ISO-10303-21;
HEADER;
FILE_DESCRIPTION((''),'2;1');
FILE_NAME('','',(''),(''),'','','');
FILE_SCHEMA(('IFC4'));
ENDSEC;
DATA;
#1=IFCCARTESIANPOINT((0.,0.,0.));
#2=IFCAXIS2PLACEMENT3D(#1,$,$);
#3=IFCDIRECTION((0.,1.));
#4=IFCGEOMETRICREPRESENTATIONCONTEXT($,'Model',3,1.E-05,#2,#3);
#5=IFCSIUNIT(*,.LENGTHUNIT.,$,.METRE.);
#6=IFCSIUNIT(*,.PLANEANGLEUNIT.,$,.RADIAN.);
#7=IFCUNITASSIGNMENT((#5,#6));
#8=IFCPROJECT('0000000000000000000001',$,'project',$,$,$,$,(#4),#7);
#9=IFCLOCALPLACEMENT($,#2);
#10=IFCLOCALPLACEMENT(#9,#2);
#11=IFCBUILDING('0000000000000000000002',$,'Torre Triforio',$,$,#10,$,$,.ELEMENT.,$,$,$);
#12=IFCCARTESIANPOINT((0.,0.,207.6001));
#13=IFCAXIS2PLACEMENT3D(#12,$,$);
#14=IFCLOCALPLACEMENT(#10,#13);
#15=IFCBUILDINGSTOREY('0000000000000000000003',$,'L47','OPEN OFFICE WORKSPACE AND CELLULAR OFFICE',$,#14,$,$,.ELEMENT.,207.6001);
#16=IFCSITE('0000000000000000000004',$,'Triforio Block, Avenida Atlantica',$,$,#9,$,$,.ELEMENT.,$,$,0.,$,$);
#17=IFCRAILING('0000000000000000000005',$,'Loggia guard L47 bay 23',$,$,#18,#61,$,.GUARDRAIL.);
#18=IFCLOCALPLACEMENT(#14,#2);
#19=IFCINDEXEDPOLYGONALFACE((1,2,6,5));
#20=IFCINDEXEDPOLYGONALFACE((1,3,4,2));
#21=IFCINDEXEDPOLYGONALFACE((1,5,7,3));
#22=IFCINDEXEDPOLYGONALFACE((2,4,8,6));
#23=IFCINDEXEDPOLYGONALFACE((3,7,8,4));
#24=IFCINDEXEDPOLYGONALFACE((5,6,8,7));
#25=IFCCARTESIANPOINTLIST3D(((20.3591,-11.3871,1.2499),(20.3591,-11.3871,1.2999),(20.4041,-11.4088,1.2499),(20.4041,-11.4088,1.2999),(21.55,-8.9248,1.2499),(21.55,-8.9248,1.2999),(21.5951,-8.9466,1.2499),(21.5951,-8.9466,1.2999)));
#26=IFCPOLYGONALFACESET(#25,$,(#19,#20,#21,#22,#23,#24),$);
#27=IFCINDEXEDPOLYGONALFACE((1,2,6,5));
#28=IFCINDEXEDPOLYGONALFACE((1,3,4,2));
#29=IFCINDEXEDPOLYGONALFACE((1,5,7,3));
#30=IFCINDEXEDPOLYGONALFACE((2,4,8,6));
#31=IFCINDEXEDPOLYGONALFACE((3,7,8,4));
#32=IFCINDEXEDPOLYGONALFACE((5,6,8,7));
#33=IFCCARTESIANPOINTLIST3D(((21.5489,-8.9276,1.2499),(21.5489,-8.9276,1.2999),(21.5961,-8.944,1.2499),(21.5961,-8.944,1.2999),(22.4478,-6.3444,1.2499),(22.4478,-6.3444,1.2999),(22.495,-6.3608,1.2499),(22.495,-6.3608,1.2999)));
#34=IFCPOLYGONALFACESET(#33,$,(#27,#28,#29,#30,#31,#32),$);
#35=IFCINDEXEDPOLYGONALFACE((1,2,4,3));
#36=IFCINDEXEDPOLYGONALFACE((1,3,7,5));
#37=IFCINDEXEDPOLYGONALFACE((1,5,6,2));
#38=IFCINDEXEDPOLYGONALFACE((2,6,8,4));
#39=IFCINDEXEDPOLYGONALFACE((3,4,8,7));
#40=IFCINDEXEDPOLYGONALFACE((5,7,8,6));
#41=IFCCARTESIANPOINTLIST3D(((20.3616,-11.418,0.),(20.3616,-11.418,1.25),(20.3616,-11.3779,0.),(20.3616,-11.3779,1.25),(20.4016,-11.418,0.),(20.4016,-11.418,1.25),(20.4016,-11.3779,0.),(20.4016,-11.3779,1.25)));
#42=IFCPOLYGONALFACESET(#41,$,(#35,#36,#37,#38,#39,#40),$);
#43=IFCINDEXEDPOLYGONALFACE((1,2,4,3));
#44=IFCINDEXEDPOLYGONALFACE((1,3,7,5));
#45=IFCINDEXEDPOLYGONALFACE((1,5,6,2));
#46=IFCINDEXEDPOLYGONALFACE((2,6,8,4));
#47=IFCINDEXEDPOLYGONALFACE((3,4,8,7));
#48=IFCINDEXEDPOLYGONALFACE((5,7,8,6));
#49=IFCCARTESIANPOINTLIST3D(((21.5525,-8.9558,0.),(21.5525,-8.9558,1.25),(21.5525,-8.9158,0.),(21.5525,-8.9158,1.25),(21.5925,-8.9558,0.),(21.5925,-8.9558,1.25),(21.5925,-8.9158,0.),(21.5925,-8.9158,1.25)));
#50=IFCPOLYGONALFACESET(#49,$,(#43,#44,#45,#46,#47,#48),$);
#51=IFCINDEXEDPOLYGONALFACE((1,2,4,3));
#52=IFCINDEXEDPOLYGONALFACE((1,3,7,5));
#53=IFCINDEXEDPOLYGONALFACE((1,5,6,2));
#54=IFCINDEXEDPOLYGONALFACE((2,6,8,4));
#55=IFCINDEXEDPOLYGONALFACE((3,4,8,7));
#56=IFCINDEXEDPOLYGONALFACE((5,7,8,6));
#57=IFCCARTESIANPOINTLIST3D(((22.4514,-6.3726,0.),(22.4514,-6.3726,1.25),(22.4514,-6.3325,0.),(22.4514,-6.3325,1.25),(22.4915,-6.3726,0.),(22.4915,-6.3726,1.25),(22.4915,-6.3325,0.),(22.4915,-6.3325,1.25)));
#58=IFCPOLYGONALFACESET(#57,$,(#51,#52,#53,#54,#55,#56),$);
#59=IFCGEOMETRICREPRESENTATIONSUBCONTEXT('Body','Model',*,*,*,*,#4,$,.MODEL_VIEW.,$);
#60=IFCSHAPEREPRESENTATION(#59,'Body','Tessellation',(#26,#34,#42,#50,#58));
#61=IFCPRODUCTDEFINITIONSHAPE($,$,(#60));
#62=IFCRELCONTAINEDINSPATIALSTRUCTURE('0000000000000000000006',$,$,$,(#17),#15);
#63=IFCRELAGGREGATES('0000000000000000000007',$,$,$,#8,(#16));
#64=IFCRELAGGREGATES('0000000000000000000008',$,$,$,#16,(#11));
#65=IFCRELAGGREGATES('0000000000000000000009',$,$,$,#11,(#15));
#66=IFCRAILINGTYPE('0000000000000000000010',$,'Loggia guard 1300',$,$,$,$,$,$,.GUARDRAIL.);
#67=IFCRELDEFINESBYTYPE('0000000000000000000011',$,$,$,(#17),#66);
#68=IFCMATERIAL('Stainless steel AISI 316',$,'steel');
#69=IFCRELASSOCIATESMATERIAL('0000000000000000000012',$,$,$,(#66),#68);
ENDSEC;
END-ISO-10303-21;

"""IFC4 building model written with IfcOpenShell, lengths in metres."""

from ifc_helpers import new_model, si_unit, direction, frame, origin, origin_2d, place, context, subcontext, project, spatial, rectangle, extrude, material, type_object, element, save


model = new_model("IFC4")

# Units and contexts
model_context = context("Model", 3, precision=1e-05, world=origin(), true_north=direction((0.0, 1.0)))
body_context = subcontext(model_context, "Body", "Model", "MODEL_VIEW")
ifc_project = project(units=[si_unit("LENGTHUNIT", "METRE"), si_unit("PLANEANGLEUNIT", "RADIAN")], contexts=[model_context])

# Site, building, storey
site_placement = place(None, origin())
site = spatial("IfcSite", under=ifc_project, at=site_placement, Name="Triforio Block, Avenida Atlantica", CompositionType="ELEMENT", RefElevation=0.0)
building_placement = place(site_placement, origin())
building = spatial("IfcBuilding", under=site, at=building_placement, Name="Torre Triforio", CompositionType="ELEMENT")
storey_placement = place(building_placement, frame((0.0, 0.0, 207.6001)))
storey = spatial("IfcBuildingStorey", under=building, at=storey_placement, Name="L47", Description="OPEN OFFICE WORKSPACE AND CELLULAR OFFICE", CompositionType="ELEMENT", Elevation=207.6001)

# Railing
ifc_material_1 = material(Name="Stainless steel AISI 316", Category="steel")
railing_type = type_object("IfcRailingType", Name="Loggia guard 1300", PredefinedType="GUARDRAIL", material=ifc_material_1)
railing_1_placement = place(storey_placement, frame((20.3816, -11.3979, 0.0)))
element("IfcRailing", 1, at=railing_1_placement, inside=storey, type_object=railing_type, Name="Loggia guard L47 bay 23", PredefinedType="GUARDRAIL", context=body_context, shape_type="SweptSolid", body=[
    extrude(rectangle(XDim=0.05, YDim=0.05, at=origin_2d()), frame((0.0, 0.0, 1.2749), z_axis=(0.435428, 0.900224, 0.0), x_axis=(-0.900224, 0.435428, 0.0)), (0.0, 0.0, 1.0), 2.7351),
    extrude(rectangle(XDim=0.05, YDim=0.05, at=origin_2d()), frame((1.1909, 2.4622, 1.2749), z_axis=(0.328652, 0.944451, 0.0), x_axis=(-0.944451, 0.328652, 0.0)), (0.0, 0.0, 1.0), 2.7351),
    extrude(rectangle(XDim=0.04, YDim=0.04, at=origin_2d()), origin(), (0.0, 0.0, 1.0), 1.25),
    extrude(rectangle(XDim=0.04, YDim=0.04, at=origin_2d()), frame((1.1909, 2.4622, 0.0)), (0.0, 0.0, 1.0), 1.25),
    extrude(rectangle(XDim=0.04, YDim=0.04, at=origin_2d()), frame((2.0898, 5.0454, 0.0)), (0.0, 0.0, 1.0), 1.25),
])

save(model, "model.ifc")
